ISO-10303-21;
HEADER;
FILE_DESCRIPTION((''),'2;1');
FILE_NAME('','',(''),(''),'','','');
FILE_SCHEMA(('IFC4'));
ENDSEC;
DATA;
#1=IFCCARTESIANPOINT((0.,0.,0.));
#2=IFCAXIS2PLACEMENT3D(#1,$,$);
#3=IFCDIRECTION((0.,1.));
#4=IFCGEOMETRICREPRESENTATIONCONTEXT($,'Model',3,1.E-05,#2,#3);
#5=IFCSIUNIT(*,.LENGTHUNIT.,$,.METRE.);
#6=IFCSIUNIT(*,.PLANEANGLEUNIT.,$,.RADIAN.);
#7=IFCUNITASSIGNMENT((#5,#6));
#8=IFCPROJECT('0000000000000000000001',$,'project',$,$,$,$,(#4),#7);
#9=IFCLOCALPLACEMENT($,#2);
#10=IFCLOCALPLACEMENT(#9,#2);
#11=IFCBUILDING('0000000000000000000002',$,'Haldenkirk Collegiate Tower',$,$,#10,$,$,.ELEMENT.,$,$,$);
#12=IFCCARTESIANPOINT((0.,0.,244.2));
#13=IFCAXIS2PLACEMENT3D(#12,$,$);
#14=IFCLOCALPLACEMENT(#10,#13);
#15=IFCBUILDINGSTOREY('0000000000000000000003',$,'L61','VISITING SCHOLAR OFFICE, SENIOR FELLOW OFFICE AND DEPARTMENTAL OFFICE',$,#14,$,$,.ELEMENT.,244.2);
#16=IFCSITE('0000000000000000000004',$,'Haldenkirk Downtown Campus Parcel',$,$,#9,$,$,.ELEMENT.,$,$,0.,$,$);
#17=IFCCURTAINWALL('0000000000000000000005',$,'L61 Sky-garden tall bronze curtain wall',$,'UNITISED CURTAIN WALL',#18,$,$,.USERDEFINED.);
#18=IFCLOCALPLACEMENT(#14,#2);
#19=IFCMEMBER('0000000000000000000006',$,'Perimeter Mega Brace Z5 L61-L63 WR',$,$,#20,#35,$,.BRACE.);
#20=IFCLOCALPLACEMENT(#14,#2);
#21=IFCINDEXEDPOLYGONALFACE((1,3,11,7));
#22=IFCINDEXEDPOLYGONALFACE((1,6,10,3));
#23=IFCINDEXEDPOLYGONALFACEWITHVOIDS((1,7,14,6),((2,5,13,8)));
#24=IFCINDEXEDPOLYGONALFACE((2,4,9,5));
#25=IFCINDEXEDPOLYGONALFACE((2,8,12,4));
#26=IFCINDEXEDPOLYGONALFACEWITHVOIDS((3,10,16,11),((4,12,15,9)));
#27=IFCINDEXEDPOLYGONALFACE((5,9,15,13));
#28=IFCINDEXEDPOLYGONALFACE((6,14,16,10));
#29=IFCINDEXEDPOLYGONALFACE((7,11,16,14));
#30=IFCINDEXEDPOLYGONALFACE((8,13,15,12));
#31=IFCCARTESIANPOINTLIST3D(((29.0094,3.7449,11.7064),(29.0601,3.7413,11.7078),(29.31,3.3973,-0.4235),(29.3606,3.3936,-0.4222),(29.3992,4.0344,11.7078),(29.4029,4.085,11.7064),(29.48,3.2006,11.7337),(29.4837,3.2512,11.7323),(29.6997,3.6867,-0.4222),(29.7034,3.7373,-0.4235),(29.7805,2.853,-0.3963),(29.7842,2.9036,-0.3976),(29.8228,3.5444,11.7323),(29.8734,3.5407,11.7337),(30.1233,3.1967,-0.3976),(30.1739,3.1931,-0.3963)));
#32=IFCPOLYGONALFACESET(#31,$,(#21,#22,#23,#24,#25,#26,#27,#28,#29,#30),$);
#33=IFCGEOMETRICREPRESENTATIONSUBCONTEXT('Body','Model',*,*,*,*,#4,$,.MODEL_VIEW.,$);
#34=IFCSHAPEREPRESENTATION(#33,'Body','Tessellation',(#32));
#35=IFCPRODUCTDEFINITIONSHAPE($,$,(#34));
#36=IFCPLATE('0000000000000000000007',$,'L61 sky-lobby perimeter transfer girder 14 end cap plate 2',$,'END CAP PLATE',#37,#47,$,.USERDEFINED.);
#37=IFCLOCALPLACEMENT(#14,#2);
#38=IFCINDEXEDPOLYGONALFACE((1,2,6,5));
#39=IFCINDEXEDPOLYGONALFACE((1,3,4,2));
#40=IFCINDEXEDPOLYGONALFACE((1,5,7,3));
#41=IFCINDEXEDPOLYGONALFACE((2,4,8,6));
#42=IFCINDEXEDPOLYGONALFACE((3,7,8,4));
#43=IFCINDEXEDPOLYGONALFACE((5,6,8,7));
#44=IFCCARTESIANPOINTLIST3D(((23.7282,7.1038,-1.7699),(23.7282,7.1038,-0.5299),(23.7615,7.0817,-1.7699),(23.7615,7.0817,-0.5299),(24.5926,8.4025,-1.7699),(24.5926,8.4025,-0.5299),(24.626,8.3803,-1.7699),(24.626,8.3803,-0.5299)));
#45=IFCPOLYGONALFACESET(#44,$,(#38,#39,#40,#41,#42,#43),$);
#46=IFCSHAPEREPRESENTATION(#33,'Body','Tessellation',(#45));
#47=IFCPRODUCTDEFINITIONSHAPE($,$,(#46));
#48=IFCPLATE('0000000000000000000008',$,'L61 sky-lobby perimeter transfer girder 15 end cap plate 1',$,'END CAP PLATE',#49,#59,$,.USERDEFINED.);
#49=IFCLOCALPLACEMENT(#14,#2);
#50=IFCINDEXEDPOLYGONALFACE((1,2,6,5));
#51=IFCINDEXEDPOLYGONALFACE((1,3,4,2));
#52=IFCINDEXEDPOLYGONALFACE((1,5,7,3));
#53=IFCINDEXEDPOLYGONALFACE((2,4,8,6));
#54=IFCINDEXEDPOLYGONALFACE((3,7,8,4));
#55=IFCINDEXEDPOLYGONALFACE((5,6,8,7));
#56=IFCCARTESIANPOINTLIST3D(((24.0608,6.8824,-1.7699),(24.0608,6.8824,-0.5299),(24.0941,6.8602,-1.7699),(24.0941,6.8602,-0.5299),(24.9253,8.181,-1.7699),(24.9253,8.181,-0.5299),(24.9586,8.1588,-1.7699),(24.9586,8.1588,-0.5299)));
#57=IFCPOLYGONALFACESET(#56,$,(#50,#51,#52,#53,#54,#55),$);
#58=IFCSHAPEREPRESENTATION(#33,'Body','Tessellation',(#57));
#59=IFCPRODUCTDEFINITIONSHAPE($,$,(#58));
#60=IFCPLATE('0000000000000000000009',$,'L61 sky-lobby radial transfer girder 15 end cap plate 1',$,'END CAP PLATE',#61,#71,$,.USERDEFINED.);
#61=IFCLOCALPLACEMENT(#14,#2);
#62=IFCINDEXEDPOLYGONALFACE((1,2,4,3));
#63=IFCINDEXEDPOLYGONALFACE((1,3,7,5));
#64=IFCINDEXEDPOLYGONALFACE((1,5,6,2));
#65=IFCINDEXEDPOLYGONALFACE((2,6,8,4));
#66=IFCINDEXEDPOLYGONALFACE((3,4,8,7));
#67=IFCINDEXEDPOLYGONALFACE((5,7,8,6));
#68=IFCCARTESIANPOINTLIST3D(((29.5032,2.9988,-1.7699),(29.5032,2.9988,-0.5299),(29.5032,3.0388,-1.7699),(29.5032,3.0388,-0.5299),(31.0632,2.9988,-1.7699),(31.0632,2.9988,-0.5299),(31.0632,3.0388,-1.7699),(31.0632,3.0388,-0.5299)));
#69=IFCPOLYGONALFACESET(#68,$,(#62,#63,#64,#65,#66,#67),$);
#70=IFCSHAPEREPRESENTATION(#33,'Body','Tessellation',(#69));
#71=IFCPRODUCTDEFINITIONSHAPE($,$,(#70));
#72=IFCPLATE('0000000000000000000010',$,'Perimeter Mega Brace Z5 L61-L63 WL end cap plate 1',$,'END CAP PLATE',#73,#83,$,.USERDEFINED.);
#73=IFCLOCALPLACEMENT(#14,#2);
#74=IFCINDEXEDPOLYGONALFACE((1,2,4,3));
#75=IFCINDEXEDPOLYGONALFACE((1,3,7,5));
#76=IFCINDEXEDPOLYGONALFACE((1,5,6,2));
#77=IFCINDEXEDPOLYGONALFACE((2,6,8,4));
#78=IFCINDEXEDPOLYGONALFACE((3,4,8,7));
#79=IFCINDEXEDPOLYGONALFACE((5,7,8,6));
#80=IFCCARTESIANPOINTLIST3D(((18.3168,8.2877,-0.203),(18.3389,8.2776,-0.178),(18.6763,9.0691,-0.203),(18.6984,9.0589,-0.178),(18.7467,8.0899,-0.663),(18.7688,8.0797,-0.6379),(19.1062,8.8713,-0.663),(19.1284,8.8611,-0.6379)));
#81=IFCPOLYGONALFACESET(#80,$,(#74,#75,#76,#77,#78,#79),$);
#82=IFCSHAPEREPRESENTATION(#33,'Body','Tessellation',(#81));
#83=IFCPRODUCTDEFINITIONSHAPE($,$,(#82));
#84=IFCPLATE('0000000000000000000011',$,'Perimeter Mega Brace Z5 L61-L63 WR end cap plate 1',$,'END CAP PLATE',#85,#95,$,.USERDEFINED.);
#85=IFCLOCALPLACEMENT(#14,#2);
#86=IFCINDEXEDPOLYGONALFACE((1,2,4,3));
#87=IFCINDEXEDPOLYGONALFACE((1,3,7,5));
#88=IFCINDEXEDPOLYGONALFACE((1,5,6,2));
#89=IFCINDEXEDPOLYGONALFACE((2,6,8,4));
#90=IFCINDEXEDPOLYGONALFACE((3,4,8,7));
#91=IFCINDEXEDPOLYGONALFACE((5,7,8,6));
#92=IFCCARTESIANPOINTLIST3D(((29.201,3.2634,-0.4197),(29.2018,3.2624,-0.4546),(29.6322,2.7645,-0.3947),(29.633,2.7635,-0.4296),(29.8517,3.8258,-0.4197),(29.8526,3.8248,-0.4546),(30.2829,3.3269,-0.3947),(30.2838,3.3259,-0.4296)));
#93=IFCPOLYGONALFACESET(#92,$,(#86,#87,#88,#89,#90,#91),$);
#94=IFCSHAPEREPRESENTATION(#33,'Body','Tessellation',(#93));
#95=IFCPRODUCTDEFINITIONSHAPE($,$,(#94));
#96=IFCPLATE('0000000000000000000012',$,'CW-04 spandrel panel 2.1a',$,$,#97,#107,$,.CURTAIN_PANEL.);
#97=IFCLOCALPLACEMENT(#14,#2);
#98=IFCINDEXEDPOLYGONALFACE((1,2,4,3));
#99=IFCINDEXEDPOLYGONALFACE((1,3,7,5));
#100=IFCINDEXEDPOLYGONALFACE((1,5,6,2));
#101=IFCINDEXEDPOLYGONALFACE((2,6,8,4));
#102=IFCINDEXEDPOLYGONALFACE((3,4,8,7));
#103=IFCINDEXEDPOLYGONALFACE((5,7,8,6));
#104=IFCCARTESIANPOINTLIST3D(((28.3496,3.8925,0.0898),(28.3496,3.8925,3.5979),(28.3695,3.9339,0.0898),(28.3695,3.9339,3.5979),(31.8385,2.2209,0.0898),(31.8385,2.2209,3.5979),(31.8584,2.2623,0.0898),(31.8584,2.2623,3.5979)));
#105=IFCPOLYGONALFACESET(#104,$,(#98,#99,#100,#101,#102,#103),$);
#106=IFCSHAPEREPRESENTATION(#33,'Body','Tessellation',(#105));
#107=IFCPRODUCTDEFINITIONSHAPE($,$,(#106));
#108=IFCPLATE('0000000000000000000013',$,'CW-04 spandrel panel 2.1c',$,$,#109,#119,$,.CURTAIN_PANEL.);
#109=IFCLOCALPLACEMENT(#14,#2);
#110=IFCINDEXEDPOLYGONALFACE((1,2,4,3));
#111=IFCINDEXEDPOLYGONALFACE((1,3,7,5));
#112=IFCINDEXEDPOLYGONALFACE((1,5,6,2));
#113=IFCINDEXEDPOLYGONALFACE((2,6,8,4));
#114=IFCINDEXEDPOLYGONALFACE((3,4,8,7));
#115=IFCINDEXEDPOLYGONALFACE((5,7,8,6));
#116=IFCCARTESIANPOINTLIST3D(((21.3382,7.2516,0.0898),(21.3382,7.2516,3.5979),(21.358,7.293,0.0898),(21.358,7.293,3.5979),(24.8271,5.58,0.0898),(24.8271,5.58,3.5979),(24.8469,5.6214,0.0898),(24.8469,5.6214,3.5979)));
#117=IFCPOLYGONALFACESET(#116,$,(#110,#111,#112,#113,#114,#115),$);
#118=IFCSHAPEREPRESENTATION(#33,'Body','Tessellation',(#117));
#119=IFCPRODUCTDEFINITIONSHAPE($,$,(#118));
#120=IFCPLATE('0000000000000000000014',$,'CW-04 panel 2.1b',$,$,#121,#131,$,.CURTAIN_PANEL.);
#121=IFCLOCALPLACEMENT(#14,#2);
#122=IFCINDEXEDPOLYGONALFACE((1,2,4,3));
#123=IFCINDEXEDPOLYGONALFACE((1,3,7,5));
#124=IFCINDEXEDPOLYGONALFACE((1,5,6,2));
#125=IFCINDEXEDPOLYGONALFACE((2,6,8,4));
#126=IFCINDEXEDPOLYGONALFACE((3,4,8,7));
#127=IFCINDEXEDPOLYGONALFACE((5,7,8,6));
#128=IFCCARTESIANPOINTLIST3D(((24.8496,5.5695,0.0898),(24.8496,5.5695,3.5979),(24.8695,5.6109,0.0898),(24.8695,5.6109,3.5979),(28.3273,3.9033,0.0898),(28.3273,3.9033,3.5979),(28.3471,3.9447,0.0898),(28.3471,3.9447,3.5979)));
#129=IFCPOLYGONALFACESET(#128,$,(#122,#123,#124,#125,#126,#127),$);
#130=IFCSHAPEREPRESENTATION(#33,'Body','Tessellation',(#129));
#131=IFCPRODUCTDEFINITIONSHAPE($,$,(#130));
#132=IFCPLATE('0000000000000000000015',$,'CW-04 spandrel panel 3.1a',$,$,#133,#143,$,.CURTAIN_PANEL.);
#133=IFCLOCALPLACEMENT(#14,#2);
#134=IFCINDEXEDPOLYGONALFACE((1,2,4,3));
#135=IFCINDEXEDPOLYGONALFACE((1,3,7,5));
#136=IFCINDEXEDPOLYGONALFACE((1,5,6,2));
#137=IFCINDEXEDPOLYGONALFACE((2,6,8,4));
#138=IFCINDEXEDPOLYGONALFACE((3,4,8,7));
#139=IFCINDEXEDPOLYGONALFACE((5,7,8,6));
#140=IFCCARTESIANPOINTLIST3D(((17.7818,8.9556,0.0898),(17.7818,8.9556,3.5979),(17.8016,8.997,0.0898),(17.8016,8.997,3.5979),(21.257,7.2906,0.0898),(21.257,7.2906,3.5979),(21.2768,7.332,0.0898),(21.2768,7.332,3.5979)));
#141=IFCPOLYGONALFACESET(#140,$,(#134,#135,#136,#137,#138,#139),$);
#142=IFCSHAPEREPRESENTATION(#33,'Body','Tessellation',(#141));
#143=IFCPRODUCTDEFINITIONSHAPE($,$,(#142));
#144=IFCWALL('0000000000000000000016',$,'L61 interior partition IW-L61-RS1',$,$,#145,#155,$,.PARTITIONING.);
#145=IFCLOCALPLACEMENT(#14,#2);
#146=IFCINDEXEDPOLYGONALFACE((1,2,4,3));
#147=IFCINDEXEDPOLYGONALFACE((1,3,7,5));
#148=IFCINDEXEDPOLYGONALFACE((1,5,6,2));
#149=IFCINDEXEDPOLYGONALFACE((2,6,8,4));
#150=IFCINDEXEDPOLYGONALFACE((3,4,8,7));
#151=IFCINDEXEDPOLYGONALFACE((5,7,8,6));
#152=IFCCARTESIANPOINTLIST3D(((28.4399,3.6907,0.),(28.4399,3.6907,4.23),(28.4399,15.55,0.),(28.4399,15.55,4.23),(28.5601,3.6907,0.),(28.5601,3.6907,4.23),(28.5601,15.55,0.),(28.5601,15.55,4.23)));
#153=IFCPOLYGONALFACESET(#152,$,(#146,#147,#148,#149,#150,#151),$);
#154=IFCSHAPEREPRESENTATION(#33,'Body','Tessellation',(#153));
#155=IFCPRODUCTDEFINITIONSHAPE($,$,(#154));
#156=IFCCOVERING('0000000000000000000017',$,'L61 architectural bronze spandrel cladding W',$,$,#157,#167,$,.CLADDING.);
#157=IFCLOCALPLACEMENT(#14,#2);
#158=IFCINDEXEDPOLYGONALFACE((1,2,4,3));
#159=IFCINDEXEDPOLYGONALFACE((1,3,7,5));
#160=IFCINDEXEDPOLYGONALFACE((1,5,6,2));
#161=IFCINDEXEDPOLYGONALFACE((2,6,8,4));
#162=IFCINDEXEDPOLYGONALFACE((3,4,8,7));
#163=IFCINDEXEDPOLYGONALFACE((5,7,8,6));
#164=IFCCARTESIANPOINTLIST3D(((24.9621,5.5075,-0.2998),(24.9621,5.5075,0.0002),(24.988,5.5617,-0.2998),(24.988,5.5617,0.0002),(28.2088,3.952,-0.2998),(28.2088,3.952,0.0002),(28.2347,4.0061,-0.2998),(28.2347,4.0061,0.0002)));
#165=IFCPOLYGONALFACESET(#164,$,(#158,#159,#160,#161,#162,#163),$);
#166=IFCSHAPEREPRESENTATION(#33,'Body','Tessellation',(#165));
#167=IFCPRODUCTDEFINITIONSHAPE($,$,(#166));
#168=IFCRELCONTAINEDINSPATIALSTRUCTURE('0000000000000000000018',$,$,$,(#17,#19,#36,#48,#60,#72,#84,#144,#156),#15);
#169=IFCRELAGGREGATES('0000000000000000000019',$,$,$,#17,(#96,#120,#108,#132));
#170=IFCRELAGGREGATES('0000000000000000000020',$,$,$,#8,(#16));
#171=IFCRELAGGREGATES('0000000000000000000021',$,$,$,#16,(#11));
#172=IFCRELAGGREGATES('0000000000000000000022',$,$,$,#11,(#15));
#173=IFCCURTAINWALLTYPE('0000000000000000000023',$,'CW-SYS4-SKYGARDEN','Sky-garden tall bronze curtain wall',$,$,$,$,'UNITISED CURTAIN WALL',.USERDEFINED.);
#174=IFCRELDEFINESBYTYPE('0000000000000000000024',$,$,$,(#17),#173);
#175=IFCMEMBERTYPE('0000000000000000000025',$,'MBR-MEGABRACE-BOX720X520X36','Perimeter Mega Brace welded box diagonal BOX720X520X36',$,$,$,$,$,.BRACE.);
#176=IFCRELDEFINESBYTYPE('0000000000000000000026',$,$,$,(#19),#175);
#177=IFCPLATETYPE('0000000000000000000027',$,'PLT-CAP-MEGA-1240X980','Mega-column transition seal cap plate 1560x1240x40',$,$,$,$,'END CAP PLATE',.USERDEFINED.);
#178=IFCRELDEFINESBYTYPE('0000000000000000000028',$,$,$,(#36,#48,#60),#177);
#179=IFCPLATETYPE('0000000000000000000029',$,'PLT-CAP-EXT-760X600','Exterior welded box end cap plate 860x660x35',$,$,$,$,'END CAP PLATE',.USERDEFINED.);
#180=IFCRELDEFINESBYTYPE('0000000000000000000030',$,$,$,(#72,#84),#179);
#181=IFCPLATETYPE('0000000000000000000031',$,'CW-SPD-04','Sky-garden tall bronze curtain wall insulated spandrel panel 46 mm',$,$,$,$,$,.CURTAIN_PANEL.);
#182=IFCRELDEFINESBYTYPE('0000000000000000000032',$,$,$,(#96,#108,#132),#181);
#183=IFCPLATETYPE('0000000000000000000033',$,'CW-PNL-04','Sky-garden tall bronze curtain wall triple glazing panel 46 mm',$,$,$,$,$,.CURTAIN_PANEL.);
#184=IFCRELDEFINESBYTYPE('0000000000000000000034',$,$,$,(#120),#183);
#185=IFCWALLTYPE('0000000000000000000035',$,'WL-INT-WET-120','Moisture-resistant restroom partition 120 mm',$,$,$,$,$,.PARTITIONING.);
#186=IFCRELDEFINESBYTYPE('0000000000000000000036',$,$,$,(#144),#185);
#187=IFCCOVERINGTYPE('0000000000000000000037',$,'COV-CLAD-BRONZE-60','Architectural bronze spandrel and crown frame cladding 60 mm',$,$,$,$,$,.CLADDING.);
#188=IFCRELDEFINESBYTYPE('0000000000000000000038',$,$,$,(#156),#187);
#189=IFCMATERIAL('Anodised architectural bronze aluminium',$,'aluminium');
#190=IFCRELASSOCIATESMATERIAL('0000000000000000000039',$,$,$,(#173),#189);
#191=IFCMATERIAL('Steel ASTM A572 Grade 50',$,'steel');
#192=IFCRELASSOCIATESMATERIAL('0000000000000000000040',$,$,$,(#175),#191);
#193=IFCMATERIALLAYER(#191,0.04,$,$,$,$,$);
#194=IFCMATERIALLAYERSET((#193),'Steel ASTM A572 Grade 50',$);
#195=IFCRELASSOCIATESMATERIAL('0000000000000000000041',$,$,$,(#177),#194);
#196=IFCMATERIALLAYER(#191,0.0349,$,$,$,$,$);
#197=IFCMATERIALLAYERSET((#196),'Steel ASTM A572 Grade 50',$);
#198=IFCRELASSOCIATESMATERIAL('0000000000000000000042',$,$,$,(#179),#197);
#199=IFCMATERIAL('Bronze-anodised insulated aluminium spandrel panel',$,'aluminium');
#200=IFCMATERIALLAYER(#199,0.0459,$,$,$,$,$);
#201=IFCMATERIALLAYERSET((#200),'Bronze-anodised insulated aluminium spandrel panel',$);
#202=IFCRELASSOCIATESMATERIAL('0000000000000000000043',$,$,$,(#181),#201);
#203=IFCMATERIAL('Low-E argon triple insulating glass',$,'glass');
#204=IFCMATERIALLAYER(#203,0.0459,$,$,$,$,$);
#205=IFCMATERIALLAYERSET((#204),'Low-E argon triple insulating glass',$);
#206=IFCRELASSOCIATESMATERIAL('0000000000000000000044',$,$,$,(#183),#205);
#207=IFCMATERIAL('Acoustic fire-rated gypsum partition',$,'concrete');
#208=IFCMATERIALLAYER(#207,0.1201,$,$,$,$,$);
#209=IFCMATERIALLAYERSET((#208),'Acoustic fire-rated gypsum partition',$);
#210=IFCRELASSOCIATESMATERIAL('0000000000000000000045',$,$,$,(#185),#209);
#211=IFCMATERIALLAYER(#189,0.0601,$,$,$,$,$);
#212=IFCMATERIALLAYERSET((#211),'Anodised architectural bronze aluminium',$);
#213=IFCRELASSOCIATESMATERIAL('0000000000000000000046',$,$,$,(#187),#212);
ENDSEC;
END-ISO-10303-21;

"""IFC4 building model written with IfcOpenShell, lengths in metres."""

from ifc_helpers import new_model, si_unit, direction, frame, frame_2d, origin, origin_2d, place, context, subcontext, project, spatial, rectangle, hollow_rectangle, extrude, source, transform, mapped, material, layer, layer_set, material_profile, profile_set, type_object, element, aggregate, save


model = new_model("IFC4")

# Units and contexts
model_context = context("Model", 3, precision=1e-05, world=origin(), true_north=direction((0.0, 1.0)))
body_context = subcontext(model_context, "Body", "Model", "MODEL_VIEW")
ifc_project = project(units=[si_unit("LENGTHUNIT", "METRE"), si_unit("PLANEANGLEUNIT", "RADIAN")], contexts=[model_context])

# Site, building, storey
site_placement = place(None, origin())
site = spatial("IfcSite", under=ifc_project, at=site_placement, Name="Haldenkirk Downtown Campus Parcel", CompositionType="ELEMENT", RefElevation=0.0)
building_placement = place(site_placement, origin())
building = spatial("IfcBuilding", under=site, at=building_placement, Name="Haldenkirk Collegiate Tower", CompositionType="ELEMENT")
storey_placement = place(building_placement, frame((0.0, 0.0, 244.2)))
storey = spatial("IfcBuildingStorey", under=building, at=storey_placement, Name="L61", Description="VISITING SCHOLAR OFFICE, SENIOR FELLOW OFFICE AND DEPARTMENTAL OFFICE", CompositionType="ELEMENT", Elevation=244.2)

# Shared definitions
ifc_material_1 = material(Name="Steel ASTM A572 Grade 50", Category="steel")

# Curtain wall
ifc_material_2 = material(Name="Anodised architectural bronze aluminium", Category="aluminium")
curtain_wall_type = type_object("IfcCurtainWallType", Name="CW-SYS4-SKYGARDEN", Description="Sky-garden tall bronze curtain wall", ElementType="UNITISED CURTAIN WALL", PredefinedType="USERDEFINED", material=ifc_material_2)
curtain_wall_placement = place(storey_placement, origin())
curtain_wall = element("IfcCurtainWall", 1, at=curtain_wall_placement, inside=storey, type_object=curtain_wall_type, Name="L61 Sky-garden tall bronze curtain wall", ObjectType="UNITISED CURTAIN WALL", PredefinedType="USERDEFINED")

# Member
ifc_material_profile_1 = material_profile(ifc_material_1, hollow_rectangle(XDim=0.52, YDim=0.72, WallThickness=0.0359, at=origin_2d()), Name="BOX720X520X36")
ifc_profile_set_1 = profile_set([ifc_material_profile_1], Name="Steel ASTM A572 Grade 50")
member_type_1 = type_object("IfcMemberType", Name="MBR-MEGABRACE-BOX720X520X36", Description="Perimeter Mega Brace welded box diagonal BOX720X520X36", PredefinedType="BRACE", material=ifc_profile_set_1)
member_1_placement = place(storey_placement, frame((29.7419, 3.2952, -0.4099), z_axis=(-0.024759, 0.028641, 0.999283), x_axis=(-0.756512, -0.653979, 0.0)))
element("IfcMember", 2, at=member_1_placement, inside=storey, type_object=member_type_1, Name="Perimeter Mega Brace Z5 L61-L63 WR", PredefinedType="BRACE", context=body_context, shape_type="SweptSolid", body=[
    extrude(hollow_rectangle(XDim=0.52, YDim=0.72, WallThickness=0.0359, at=origin_2d()), origin(), (0.0, 0.0, 1.0), 12.1387),
])

# Plates
ifc_layer_1 = layer(ifc_material_1, 0.04)
ifc_layer_set_1 = layer_set([ifc_layer_1], Name="Steel ASTM A572 Grade 50")
plate_type_1 = type_object("IfcPlateType", Name="PLT-CAP-MEGA-1240X980", Description="Mega-column transition seal cap plate 1560x1240x40", ElementType="END CAP PLATE", PredefinedType="USERDEFINED", material=ifc_layer_set_1)
shared_shape_1 = source(origin(), body_context, "Body", "SweptSolid", [
    extrude(rectangle(XDim=1.5601, YDim=1.24, at=origin_2d()), origin(), (0.0, 0.0, 1.0), 0.04),
])
for number, where, z_axis, x_axis, name in (
    (3, (24.1604, 7.7532, -1.1499), (0.83244, -0.554116, 0.0), (0.554116, 0.83244, 0.0), "L61 sky-lobby perimeter transfer girder 14 end cap plate 2"),
    (4, (24.5264, 7.5095, -1.1499), (-0.832437, 0.55412, 0.0), (-0.55412, -0.832437, 0.0), "L61 sky-lobby perimeter transfer girder 15 end cap plate 1"),
    (5, (30.2832, 3.0388, -1.1499), (0.0, -1.0, 0.0), (1.0, 0.0, 0.0), "L61 sky-lobby radial transfer girder 15 end cap plate 1"),
):
    element("IfcPlate", number, at=place(storey_placement, frame(where, z_axis=z_axis, x_axis=x_axis)), inside=storey, type_object=plate_type_1, Name=name, ObjectType="END CAP PLATE", PredefinedType="USERDEFINED", context=body_context, shape_type="MappedRepresentation", body=[
        mapped(shared_shape_1, transform((0.0, 0.0, 0.0), x_axis=(1.0, 0.0, 0.0), y_axis=(0.0, 1.0, 0.0), z_axis=(0.0, 0.0, 1.0), scale=1.0)),
    ])
ifc_layer_2 = layer(ifc_material_1, 0.0349)
ifc_layer_set_2 = layer_set([ifc_layer_2], Name="Steel ASTM A572 Grade 50")
plate_type_2 = type_object("IfcPlateType", Name="PLT-CAP-EXT-760X600", Description="Exterior welded box end cap plate 860x660x35", ElementType="END CAP PLATE", PredefinedType="USERDEFINED", material=ifc_layer_set_2)
shared_shape_2 = source(origin(), body_context, "Body", "SweptSolid", [
    extrude(rectangle(XDim=0.8601, YDim=0.6599, at=origin_2d()), origin(), (0.0, 0.0, 1.0), 0.0349),
])
for number, where, z_axis, x_axis, name in (
    (6, (18.7336, 8.5693, -0.408), (-0.633145, 0.291307, -0.717125), (-0.417978, -0.908457, 0.000001), "Perimeter Mega Brace Z5 L61-L63 WL end cap plate 1"),
    (7, (29.7419, 3.2952, -0.4072), (0.024764, -0.028652, -0.999283), (0.756578, 0.653903, 0.0), "Perimeter Mega Brace Z5 L61-L63 WR end cap plate 1"),
):
    element("IfcPlate", number, at=place(storey_placement, frame(where, z_axis=z_axis, x_axis=x_axis)), inside=storey, type_object=plate_type_2, Name=name, ObjectType="END CAP PLATE", PredefinedType="USERDEFINED", context=body_context, shape_type="MappedRepresentation", body=[
        mapped(shared_shape_2, transform((0.0, 0.0, 0.0), x_axis=(1.0, 0.0, 0.0), y_axis=(0.0, 1.0, 0.0), z_axis=(0.0, 0.0, 1.0), scale=1.0)),
    ])

# Plates
ifc_material_3 = material(Name="Bronze-anodised insulated aluminium spandrel panel", Category="aluminium")
ifc_layer_3 = layer(ifc_material_3, 0.0459)
ifc_layer_set_3 = layer_set([ifc_layer_3], Name="Bronze-anodised insulated aluminium spandrel panel")
plate_type_3 = type_object("IfcPlateType", Name="CW-SPD-04", Description="Sky-garden tall bronze curtain wall insulated spandrel panel 46 mm", PredefinedType="CURTAIN_PANEL", material=ifc_layer_set_3)
shared_shape_3 = source(origin(), body_context, "Body", "SweptSolid", [
    extrude(rectangle(XDim=3.8687, YDim=0.0459, at=origin_2d()), origin(), (0.0, 0.0, 1.0), 3.5081),
])
plate_1_placement = place(storey_placement, frame((30.104, 3.0774, 0.0898), z_axis=(0.0, 0.0, 1.0), x_axis=(-0.901834, 0.432082, 0.0)))
plate_1 = element("IfcPlate", 8, at=plate_1_placement, type_object=plate_type_3, Name="CW-04 spandrel panel 2.1a", PredefinedType="CURTAIN_PANEL", context=body_context, shape_type="MappedRepresentation", body=[
    mapped(shared_shape_3, transform((0.0, 0.0, 0.0), x_axis=(1.0, 0.0, 0.0), y_axis=(0.0, 1.0, 0.0), z_axis=(0.0, 0.0, 1.0), scale=1.0)),
])
plate_2_placement = place(storey_placement, frame((23.0925, 6.4365, 0.0898), z_axis=(0.0, 0.0, 1.0), x_axis=(-0.901834, 0.432082, 0.0)))
plate_2 = element("IfcPlate", 9, at=plate_2_placement, type_object=plate_type_3, Name="CW-04 spandrel panel 2.1c", PredefinedType="CURTAIN_PANEL", context=body_context, shape_type="MappedRepresentation", body=[
    mapped(shared_shape_3, transform((0.0, 0.0, 0.0), x_axis=(1.0, 0.0, 0.0), y_axis=(0.0, 1.0, 0.0), z_axis=(0.0, 0.0, 1.0), scale=1.0)),
])
ifc_material_4 = material(Name="Low-E argon triple insulating glass", Category="glass")
ifc_layer_4 = layer(ifc_material_4, 0.0459)
ifc_layer_set_4 = layer_set([ifc_layer_4], Name="Low-E argon triple insulating glass")
plate_type_4 = type_object("IfcPlateType", Name="CW-PNL-04", Description="Sky-garden tall bronze curtain wall triple glazing panel 46 mm", PredefinedType="CURTAIN_PANEL", material=ifc_layer_set_4)
shared_shape_4 = source(origin(), body_context, "Body", "SweptSolid", [
    extrude(rectangle(XDim=3.8562, YDim=0.0459, at=origin_2d()), origin(), (0.0, 0.0, 1.0), 3.5081),
])
plate_3_placement = place(storey_placement, frame((26.5984, 4.7571, 0.0898), z_axis=(0.0, 0.0, 1.0), x_axis=(-0.901834, 0.432082, 0.0)))
plate_3 = element("IfcPlate", 10, at=plate_3_placement, type_object=plate_type_4, Name="CW-04 panel 2.1b", PredefinedType="CURTAIN_PANEL", context=body_context, shape_type="MappedRepresentation", body=[
    mapped(shared_shape_4, transform((0.0, 0.0, 0.0), x_axis=(1.0, 0.0, 0.0), y_axis=(0.0, 1.0, 0.0), z_axis=(0.0, 0.0, 1.0), scale=1.0)),
])
shared_shape_5 = source(origin(), body_context, "Body", "SweptSolid", [
    extrude(rectangle(XDim=3.8535, YDim=0.0459, at=origin_2d()), origin(), (0.0, 0.0, 1.0), 3.5081),
])
plate_4_placement = place(storey_placement, frame((19.5293, 8.1438, 0.0898), z_axis=(0.0, 0.0, 1.0), x_axis=(-0.901834, 0.432082, 0.0)))
plate_4 = element("IfcPlate", 11, at=plate_4_placement, type_object=plate_type_3, Name="CW-04 spandrel panel 3.1a", PredefinedType="CURTAIN_PANEL", context=body_context, shape_type="MappedRepresentation", body=[
    mapped(shared_shape_5, transform((0.0, 0.0, 0.0), x_axis=(1.0, 0.0, 0.0), y_axis=(0.0, 1.0, 0.0), z_axis=(0.0, 0.0, 1.0), scale=1.0)),
])
aggregate(curtain_wall, [plate_1, plate_3, plate_2, plate_4])

# Wall
ifc_material_5 = material(Name="Acoustic fire-rated gypsum partition", Category="concrete")
ifc_layer_5 = layer(ifc_material_5, 0.1201)
ifc_layer_set_5 = layer_set([ifc_layer_5], Name="Acoustic fire-rated gypsum partition")
wall_type = type_object("IfcWallType", Name="WL-INT-WET-120", Description="Moisture-resistant restroom partition 120 mm", PredefinedType="PARTITIONING", material=ifc_layer_set_5)
wall_placement = place(storey_placement, frame((28.5, 3.6907, 0.0), z_axis=(0.0, 0.0, 1.0), x_axis=(0.0, 1.0, 0.0)))
element("IfcWall", 12, at=wall_placement, inside=storey, type_object=wall_type, Name="L61 interior partition IW-L61-RS1", PredefinedType="PARTITIONING", context=body_context, shape_type="SweptSolid", body=[
    extrude(rectangle(XDim=11.8594, YDim=0.1201, at=frame_2d((5.9297, 0.0))), origin(), (0.0, 0.0, 1.0), 4.23),
])

# Covering
ifc_layer_6 = layer(ifc_material_2, 0.0601)
ifc_layer_set_6 = layer_set([ifc_layer_6], Name="Anodised architectural bronze aluminium")
covering_type = type_object("IfcCoveringType", Name="COV-CLAD-BRONZE-60", Description="Architectural bronze spandrel and crown frame cladding 60 mm", PredefinedType="CLADDING", material=ifc_layer_set_6)
shared_shape_6 = source(origin(), body_context, "Body", "SweptSolid", [
    extrude(rectangle(XDim=3.6001, YDim=0.0601, at=origin_2d()), origin(), (0.0, 0.0, 1.0), 0.3),
])
covering_placement = place(storey_placement, frame((26.5984, 4.7568, -0.2998), z_axis=(0.0, 0.0, 1.0), x_axis=(-0.901833, 0.432086, 0.0)))
element("IfcCovering", 13, at=covering_placement, inside=storey, type_object=covering_type, Name="L61 architectural bronze spandrel cladding W", PredefinedType="CLADDING", context=body_context, shape_type="MappedRepresentation", body=[
    mapped(shared_shape_6, transform((0.0, 0.0, 0.0), x_axis=(1.0, 0.0, 0.0), y_axis=(0.0, 1.0, 0.0), z_axis=(0.0, 0.0, 1.0), scale=1.0)),
])

save(model, "model.ifc")
